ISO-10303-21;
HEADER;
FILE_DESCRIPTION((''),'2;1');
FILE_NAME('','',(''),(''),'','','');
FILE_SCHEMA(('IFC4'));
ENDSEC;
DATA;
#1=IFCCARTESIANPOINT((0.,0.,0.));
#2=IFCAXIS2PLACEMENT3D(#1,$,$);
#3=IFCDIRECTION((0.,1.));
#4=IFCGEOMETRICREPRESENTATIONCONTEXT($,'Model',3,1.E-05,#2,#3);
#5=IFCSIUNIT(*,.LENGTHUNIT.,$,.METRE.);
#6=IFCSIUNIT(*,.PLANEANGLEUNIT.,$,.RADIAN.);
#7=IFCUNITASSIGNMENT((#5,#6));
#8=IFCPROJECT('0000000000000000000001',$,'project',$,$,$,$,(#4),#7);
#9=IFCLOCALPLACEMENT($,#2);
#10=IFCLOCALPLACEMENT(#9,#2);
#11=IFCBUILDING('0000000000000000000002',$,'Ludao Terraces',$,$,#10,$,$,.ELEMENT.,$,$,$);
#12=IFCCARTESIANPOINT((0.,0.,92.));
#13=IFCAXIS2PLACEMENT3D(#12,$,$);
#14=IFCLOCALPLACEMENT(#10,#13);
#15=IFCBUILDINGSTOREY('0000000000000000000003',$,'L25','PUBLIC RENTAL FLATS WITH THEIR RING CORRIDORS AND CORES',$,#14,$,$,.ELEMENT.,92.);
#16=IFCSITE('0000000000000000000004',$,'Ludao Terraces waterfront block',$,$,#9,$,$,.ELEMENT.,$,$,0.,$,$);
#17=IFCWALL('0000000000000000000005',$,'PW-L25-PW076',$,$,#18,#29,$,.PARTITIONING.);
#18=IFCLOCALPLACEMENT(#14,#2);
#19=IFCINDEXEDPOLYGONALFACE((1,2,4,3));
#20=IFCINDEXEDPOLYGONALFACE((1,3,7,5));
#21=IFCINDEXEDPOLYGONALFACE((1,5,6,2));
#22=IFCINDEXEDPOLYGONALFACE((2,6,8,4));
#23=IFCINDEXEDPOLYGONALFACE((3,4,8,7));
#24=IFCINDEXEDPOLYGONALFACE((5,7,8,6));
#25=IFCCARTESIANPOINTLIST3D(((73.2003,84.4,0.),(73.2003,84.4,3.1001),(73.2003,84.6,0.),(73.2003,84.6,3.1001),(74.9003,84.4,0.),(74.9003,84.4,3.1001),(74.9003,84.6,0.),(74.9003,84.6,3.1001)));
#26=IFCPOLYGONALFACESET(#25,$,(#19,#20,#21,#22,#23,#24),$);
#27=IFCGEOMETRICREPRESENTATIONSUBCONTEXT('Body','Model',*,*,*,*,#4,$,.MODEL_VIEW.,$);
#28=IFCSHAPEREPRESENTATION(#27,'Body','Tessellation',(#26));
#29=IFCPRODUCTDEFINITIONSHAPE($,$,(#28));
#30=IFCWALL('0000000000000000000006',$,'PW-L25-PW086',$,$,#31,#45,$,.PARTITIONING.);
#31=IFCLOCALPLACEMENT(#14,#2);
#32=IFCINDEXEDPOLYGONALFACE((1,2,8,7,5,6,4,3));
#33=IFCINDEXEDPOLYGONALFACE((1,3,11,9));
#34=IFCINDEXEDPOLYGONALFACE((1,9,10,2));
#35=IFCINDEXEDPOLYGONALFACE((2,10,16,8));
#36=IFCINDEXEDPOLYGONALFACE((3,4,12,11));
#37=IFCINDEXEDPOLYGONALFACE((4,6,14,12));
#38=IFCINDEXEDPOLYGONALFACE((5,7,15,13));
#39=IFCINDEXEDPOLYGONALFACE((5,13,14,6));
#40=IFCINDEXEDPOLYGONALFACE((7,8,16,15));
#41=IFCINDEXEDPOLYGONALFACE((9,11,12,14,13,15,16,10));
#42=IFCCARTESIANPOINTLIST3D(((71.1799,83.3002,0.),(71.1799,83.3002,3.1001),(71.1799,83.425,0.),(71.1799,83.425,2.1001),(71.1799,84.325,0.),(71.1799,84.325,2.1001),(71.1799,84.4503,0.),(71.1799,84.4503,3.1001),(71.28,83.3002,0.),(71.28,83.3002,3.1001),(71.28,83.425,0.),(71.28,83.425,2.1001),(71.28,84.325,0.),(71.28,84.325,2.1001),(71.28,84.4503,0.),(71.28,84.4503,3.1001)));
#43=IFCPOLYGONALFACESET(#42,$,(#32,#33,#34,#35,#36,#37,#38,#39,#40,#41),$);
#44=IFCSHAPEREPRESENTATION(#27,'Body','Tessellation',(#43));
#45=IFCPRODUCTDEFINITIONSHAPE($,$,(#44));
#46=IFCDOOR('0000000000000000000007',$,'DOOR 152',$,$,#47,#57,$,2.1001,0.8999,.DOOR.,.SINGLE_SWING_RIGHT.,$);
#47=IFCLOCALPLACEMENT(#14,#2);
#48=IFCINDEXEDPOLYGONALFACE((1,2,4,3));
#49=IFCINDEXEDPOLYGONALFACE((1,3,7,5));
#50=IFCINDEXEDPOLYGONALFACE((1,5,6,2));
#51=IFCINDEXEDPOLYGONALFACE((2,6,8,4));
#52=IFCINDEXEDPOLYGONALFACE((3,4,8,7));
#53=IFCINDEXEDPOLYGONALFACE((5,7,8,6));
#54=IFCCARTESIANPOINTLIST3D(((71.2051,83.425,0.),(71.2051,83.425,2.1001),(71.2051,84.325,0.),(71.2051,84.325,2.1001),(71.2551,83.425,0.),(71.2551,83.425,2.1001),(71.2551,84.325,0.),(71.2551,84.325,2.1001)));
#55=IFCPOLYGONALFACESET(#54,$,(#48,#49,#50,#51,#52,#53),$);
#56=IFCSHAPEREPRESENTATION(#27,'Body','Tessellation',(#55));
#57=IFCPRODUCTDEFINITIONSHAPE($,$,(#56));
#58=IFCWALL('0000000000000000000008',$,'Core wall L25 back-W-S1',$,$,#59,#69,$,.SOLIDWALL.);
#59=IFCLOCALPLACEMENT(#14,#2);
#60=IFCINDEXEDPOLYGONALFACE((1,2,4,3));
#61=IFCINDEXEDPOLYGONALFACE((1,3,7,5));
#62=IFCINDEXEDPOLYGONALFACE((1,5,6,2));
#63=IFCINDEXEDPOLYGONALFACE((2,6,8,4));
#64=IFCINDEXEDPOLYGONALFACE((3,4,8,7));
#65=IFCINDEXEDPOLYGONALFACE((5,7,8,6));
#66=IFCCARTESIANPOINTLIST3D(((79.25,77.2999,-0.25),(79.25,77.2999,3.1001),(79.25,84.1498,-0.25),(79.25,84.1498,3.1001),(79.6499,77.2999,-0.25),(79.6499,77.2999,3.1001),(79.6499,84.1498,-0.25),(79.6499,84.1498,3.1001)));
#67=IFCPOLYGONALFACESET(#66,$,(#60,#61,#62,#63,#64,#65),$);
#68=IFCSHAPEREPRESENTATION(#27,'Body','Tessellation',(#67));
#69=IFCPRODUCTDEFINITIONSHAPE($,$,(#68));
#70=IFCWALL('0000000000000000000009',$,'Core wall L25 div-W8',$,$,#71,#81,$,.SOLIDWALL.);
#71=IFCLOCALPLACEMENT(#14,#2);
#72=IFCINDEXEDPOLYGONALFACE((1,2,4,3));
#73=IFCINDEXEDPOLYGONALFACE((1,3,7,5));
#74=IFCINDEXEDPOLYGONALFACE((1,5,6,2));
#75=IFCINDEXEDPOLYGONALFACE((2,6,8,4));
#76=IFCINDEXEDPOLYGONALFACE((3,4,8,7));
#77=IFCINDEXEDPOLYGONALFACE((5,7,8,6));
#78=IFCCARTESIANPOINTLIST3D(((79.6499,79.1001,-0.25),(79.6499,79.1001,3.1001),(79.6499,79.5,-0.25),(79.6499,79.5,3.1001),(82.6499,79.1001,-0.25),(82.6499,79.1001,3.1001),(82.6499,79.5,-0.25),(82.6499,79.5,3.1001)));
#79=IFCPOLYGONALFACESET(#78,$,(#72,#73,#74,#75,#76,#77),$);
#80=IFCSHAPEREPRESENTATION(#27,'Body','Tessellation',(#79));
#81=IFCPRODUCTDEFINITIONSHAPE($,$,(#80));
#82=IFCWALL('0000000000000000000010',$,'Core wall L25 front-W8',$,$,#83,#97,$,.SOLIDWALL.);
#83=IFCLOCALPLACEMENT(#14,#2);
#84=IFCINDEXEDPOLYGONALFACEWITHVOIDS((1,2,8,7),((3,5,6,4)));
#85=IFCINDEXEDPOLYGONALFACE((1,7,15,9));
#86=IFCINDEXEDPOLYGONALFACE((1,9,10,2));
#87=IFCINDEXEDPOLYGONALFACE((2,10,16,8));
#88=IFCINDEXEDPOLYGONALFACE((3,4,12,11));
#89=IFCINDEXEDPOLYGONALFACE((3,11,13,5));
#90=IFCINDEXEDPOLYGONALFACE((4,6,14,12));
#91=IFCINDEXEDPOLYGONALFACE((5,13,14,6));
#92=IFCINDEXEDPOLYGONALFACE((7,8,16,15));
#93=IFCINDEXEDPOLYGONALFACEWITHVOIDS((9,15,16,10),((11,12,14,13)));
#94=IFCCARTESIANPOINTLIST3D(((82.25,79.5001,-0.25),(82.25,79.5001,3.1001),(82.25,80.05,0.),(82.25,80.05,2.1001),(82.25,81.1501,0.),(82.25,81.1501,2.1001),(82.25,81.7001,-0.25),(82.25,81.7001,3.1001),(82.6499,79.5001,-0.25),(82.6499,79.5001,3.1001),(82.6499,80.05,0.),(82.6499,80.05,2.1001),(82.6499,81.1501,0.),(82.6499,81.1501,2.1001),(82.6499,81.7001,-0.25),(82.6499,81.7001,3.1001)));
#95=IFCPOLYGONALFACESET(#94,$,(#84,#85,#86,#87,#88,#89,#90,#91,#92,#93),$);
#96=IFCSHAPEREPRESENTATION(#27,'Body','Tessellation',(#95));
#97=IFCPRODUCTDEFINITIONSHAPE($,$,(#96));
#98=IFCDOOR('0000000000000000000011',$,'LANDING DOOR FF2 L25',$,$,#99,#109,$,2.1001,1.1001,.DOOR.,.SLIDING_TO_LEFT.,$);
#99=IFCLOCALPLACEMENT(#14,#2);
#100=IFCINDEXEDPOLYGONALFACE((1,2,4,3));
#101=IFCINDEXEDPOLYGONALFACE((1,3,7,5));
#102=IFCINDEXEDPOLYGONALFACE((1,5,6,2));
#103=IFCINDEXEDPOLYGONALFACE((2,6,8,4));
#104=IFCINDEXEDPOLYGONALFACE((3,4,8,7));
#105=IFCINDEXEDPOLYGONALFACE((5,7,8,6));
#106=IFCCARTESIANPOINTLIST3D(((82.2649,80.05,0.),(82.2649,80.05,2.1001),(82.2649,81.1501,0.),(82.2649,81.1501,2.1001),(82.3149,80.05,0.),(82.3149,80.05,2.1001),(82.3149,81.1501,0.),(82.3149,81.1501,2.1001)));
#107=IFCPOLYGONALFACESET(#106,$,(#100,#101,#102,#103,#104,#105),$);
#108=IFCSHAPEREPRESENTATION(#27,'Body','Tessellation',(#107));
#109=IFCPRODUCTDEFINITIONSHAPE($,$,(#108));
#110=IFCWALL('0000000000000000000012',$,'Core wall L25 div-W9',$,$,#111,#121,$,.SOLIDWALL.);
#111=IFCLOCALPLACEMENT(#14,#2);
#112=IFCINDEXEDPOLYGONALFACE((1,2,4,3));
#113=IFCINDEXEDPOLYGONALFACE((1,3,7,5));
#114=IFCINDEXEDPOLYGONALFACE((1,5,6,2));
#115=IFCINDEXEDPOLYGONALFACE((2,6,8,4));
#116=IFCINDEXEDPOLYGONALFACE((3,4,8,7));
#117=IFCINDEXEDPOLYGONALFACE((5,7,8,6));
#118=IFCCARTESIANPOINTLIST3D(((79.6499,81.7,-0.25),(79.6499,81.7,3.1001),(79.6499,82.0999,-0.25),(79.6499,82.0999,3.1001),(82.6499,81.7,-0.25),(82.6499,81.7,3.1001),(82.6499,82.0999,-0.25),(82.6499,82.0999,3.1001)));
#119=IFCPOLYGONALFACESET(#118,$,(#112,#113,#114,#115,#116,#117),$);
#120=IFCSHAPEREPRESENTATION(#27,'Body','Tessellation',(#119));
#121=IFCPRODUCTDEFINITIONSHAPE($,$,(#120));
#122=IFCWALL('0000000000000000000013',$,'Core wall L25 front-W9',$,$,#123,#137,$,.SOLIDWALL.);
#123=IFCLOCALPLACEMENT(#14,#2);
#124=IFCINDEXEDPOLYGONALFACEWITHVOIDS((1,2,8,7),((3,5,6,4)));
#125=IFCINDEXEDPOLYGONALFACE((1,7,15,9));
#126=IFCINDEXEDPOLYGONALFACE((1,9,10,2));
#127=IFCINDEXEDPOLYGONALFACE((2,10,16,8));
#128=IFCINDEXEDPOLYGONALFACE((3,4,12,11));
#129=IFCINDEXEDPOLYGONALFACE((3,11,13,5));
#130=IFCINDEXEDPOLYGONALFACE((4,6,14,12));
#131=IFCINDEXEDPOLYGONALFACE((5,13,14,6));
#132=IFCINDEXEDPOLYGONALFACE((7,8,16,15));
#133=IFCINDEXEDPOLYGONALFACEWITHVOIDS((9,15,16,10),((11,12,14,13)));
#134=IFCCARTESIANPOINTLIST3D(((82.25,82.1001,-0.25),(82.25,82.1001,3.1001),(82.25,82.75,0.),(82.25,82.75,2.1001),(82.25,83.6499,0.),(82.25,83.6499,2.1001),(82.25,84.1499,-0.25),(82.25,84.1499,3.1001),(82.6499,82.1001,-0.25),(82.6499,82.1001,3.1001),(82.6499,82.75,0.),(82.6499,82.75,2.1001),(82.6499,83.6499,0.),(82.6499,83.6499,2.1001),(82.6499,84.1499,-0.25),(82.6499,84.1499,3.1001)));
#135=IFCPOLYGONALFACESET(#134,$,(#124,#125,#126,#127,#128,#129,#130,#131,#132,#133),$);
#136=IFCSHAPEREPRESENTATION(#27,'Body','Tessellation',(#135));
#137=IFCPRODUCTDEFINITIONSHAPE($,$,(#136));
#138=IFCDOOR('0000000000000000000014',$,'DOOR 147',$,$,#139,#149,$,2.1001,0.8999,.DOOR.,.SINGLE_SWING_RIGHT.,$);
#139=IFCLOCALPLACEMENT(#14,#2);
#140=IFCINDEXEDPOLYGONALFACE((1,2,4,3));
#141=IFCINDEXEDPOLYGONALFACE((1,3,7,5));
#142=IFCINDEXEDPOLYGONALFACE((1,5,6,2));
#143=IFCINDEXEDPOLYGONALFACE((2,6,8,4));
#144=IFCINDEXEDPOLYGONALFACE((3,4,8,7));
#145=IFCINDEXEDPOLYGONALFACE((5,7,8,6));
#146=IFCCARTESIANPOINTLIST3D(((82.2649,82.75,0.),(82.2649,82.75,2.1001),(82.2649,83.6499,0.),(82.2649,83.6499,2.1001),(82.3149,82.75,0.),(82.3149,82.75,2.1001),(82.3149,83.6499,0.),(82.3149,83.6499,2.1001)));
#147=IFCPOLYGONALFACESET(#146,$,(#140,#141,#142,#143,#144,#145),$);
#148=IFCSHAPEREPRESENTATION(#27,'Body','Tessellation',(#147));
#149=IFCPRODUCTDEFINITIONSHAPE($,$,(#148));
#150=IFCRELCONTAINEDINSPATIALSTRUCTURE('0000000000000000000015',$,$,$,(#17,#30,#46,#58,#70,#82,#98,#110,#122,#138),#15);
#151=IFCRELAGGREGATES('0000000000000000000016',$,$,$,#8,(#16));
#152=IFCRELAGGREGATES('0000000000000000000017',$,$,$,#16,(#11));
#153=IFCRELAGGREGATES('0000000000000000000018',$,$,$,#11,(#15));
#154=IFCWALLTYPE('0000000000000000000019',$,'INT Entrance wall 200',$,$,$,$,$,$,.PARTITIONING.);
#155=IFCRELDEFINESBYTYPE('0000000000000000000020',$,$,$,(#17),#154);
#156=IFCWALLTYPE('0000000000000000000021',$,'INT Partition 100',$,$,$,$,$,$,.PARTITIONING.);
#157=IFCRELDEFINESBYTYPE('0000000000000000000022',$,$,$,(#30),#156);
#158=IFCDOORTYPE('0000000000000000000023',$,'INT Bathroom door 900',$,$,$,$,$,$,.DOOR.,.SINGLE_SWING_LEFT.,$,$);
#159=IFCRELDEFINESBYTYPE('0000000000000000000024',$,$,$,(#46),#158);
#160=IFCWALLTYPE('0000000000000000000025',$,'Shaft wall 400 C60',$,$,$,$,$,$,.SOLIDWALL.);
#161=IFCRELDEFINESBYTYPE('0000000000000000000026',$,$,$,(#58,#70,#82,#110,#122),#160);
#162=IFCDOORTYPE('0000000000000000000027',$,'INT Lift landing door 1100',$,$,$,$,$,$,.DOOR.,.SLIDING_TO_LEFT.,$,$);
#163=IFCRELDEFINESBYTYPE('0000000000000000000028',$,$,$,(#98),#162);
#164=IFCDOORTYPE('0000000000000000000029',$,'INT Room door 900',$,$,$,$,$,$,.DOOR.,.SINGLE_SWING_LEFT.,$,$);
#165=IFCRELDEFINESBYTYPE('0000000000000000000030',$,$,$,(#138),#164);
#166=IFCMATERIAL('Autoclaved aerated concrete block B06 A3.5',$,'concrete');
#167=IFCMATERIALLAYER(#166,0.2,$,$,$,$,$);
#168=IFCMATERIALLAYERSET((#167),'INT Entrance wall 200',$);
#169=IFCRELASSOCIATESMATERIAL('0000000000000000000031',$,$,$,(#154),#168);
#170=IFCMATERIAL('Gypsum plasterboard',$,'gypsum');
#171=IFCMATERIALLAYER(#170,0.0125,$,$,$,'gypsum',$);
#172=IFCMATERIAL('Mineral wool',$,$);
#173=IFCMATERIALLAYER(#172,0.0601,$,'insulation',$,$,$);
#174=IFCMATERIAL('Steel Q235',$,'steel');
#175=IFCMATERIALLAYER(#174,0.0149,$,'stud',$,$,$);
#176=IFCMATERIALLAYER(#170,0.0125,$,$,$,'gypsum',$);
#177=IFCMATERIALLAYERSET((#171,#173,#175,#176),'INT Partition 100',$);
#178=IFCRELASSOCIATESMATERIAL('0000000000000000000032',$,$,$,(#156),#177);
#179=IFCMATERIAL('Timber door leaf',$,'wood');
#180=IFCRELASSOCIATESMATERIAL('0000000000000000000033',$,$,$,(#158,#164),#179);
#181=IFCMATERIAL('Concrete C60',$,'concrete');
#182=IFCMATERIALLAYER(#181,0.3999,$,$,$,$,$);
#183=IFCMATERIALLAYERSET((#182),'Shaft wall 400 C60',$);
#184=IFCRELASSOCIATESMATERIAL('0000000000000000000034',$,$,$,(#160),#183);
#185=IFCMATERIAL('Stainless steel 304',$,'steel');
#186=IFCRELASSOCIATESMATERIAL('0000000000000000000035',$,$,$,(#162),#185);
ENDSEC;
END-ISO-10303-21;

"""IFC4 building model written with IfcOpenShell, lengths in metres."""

from ifc_helpers import new_model, si_unit, direction, frame, frame_2d, origin, place, context, subcontext, project, spatial, rectangle, extrude, material, layer, layer_set, type_object, element, fill, save


model = new_model("IFC4")

# Units and contexts
model_context = context("Model", 3, precision=1e-05, world=origin(), true_north=direction((0.0, 1.0)))
body_context = subcontext(model_context, "Body", "Model", "MODEL_VIEW")
ifc_project = project(units=[si_unit("LENGTHUNIT", "METRE"), si_unit("PLANEANGLEUNIT", "RADIAN")], contexts=[model_context])

# Site, building, storey
site_placement = place(None, origin())
site = spatial("IfcSite", under=ifc_project, at=site_placement, Name="Ludao Terraces waterfront block", CompositionType="ELEMENT", RefElevation=0.0)
building_placement = place(site_placement, origin())
building = spatial("IfcBuilding", under=site, at=building_placement, Name="Ludao Terraces", CompositionType="ELEMENT")
storey_placement = place(building_placement, frame((0.0, 0.0, 92.0)))
storey = spatial("IfcBuildingStorey", under=building, at=storey_placement, Name="L25", Description="PUBLIC RENTAL FLATS WITH THEIR RING CORRIDORS AND CORES", CompositionType="ELEMENT", Elevation=92.0)

# Wall
ifc_material_1 = material(Name="Autoclaved aerated concrete block B06 A3.5", Category="concrete")
ifc_layer_1 = layer(ifc_material_1, 0.2)
ifc_layer_set_1 = layer_set([ifc_layer_1], Name="INT Entrance wall 200")
wall_type_1 = type_object("IfcWallType", Name="INT Entrance wall 200", PredefinedType="PARTITIONING", material=ifc_layer_set_1)
wall_1_placement = place(storey_placement, frame((73.2002, 84.5, 0.0), z_axis=(0.0, 0.0, 1.0), x_axis=(1.0, 0.0, 0.0)))
element("IfcWall", 1, at=wall_1_placement, inside=storey, type_object=wall_type_1, Name="PW-L25-PW076", PredefinedType="PARTITIONING", context=body_context, shape_type="SweptSolid", body=[
    extrude(rectangle(XDim=1.7, YDim=0.2, at=frame_2d((0.8501, 0.0))), origin(), (0.0, 0.0, 1.0), 3.1001),
])

# Wall, opening, door
ifc_material_2 = material(Name="Gypsum plasterboard", Category="gypsum")
ifc_layer_2 = layer(ifc_material_2, 0.0125, Category="gypsum")
ifc_material_3 = material(Name="Mineral wool")
ifc_layer_3 = layer(ifc_material_3, 0.0601, Name="insulation")
ifc_material_4 = material(Name="Steel Q235", Category="steel")
ifc_layer_4 = layer(ifc_material_4, 0.0149, Name="stud")
ifc_layer_5 = layer(ifc_material_2, 0.0125, Category="gypsum")
ifc_layer_set_2 = layer_set([ifc_layer_2, ifc_layer_3, ifc_layer_4, ifc_layer_5], Name="INT Partition 100")
wall_type_2 = type_object("IfcWallType", Name="INT Partition 100", PredefinedType="PARTITIONING", material=ifc_layer_set_2)
wall_2_placement = place(storey_placement, frame((71.23, 83.3, 0.0), z_axis=(0.0, 0.0, 1.0), x_axis=(0.0, 1.0, 0.0)))
wall_2 = element("IfcWall", 2, at=wall_2_placement, inside=storey, type_object=wall_type_2, Name="PW-L25-PW086", PredefinedType="PARTITIONING", context=body_context, shape_type="SweptSolid", body=[
    extrude(rectangle(XDim=1.1501, YDim=0.1001, at=frame_2d((0.5752, 0.0))), origin(), (0.0, 0.0, 1.0), 3.1001),
])
opening_1_placement = place(wall_2_placement, frame((0.125, 0.0, 0.0)))
opening_1 = element("IfcOpeningElement", 3, at=opening_1_placement, cuts=wall_2, PredefinedType="OPENING", context=body_context, shape_type="SweptSolid", body=[
    extrude(rectangle(XDim=0.8999, YDim=2.1001, at=frame_2d((0.45, 1.05))), frame((0.0, 0.0601, 0.0), z_axis=(0.0, -1.0, 0.0), x_axis=(1.0, 0.0, 0.0)), (0.0, 0.0, 1.0), 0.1201),
])
ifc_material_5 = material(Name="Timber door leaf", Category="wood")
door_type_1 = type_object("IfcDoorType", Name="INT Bathroom door 900", OperationType="SINGLE_SWING_LEFT", PredefinedType="DOOR", material=ifc_material_5)
door_1_placement = place(opening_1_placement, origin())
door_1 = element("IfcDoor", 4, at=door_1_placement, inside=storey, type_object=door_type_1, Name="DOOR 152", OperationType="SINGLE_SWING_RIGHT", OverallHeight=2.1001, OverallWidth=0.8999, PredefinedType="DOOR", context=body_context, shape_type="SweptSolid", body=[
    extrude(rectangle(XDim=0.8999, YDim=2.1001, at=frame_2d((0.45, 1.05))), frame((0.0, 0.0249, 0.0), z_axis=(0.0, -1.0, 0.0), x_axis=(1.0, 0.0, 0.0)), (0.0, 0.0, 1.0), 0.05),
])
fill(opening_1, door_1)

# Walls
ifc_material_6 = material(Name="Concrete C60", Category="concrete")
ifc_layer_6 = layer(ifc_material_6, 0.3999)
ifc_layer_set_3 = layer_set([ifc_layer_6], Name="Shaft wall 400 C60")
wall_type_3 = type_object("IfcWallType", Name="Shaft wall 400 C60", PredefinedType="SOLIDWALL", material=ifc_layer_set_3)
wall_3_placement = place(storey_placement, frame((79.45, 77.3, -0.25), z_axis=(0.0, 0.0, 1.0), x_axis=(0.0, 1.0, 0.0)))
element("IfcWall", 5, at=wall_3_placement, inside=storey, type_object=wall_type_3, Name="Core wall L25 back-W-S1", PredefinedType="SOLIDWALL", context=body_context, shape_type="SweptSolid", body=[
    extrude(rectangle(XDim=6.8499, YDim=0.3999, at=frame_2d((3.4248, 0.0))), origin(), (0.0, 0.0, 1.0), 3.3501),
])
wall_4_placement = place(storey_placement, frame((79.6499, 79.3, -0.25), z_axis=(0.0, 0.0, 1.0), x_axis=(1.0, 0.0, 0.0)))
element("IfcWall", 6, at=wall_4_placement, inside=storey, type_object=wall_type_3, Name="Core wall L25 div-W8", PredefinedType="SOLIDWALL", context=body_context, shape_type="SweptSolid", body=[
    extrude(rectangle(XDim=3.0, YDim=0.3999, at=frame_2d((1.5, 0.0))), origin(), (0.0, 0.0, 1.0), 3.3501),
])

# Wall, opening, door
wall_5_placement = place(storey_placement, frame((82.45, 79.5, -0.25), z_axis=(0.0, 0.0, 1.0), x_axis=(0.0, 1.0, 0.0)))
wall_5 = element("IfcWall", 7, at=wall_5_placement, inside=storey, type_object=wall_type_3, Name="Core wall L25 front-W8", PredefinedType="SOLIDWALL", context=body_context, shape_type="SweptSolid", body=[
    extrude(rectangle(XDim=2.2, YDim=0.3999, at=frame_2d((1.1001, 0.0))), origin(), (0.0, 0.0, 1.0), 3.3501),
])
opening_2_placement = place(wall_5_placement, frame((0.55, 0.0, 0.25)))
opening_2 = element("IfcOpeningElement", 8, at=opening_2_placement, cuts=wall_5, PredefinedType="OPENING", context=body_context, shape_type="SweptSolid", body=[
    extrude(rectangle(XDim=1.1001, YDim=2.1001, at=frame_2d((0.55, 1.05))), frame((0.0, 0.21, 0.0), z_axis=(0.0, -1.0, 0.0), x_axis=(1.0, 0.0, 0.0)), (0.0, 0.0, 1.0), 0.4199),
])
ifc_material_7 = material(Name="Stainless steel 304", Category="steel")
door_type_2 = type_object("IfcDoorType", Name="INT Lift landing door 1100", OperationType="SLIDING_TO_LEFT", PredefinedType="DOOR", material=ifc_material_7)
door_2_placement = place(opening_2_placement, origin())
door_2 = element("IfcDoor", 9, at=door_2_placement, inside=storey, type_object=door_type_2, Name="LANDING DOOR FF2 L25", OperationType="SLIDING_TO_LEFT", OverallHeight=2.1001, OverallWidth=1.1001, PredefinedType="DOOR", context=body_context, shape_type="SweptSolid", body=[
    extrude(rectangle(XDim=1.1001, YDim=2.1001, at=frame_2d((0.55, 1.05))), frame((0.0, 0.1851, 0.0), z_axis=(0.0, -1.0, 0.0), x_axis=(1.0, 0.0, 0.0)), (0.0, 0.0, 1.0), 0.05),
])
fill(opening_2, door_2)

# Wall
wall_6_placement = place(storey_placement, frame((79.6499, 81.8999, -0.25), z_axis=(0.0, 0.0, 1.0), x_axis=(1.0, 0.0, 0.0)))
element("IfcWall", 10, at=wall_6_placement, inside=storey, type_object=wall_type_3, Name="Core wall L25 div-W9", PredefinedType="SOLIDWALL", context=body_context, shape_type="SweptSolid", body=[
    extrude(rectangle(XDim=3.0, YDim=0.3999, at=frame_2d((1.5, 0.0))), origin(), (0.0, 0.0, 1.0), 3.3501),
])

# Wall, opening, door
wall_7_placement = place(storey_placement, frame((82.45, 82.1001, -0.25), z_axis=(0.0, 0.0, 1.0), x_axis=(0.0, 1.0, 0.0)))
wall_7 = element("IfcWall", 11, at=wall_7_placement, inside=storey, type_object=wall_type_3, Name="Core wall L25 front-W9", PredefinedType="SOLIDWALL", context=body_context, shape_type="SweptSolid", body=[
    extrude(rectangle(XDim=2.0498, YDim=0.3999, at=frame_2d((1.0249, 0.0))), origin(), (0.0, 0.0, 1.0), 3.3501),
])
opening_3_placement = place(wall_7_placement, frame((0.6499, 0.0, 0.25)))
opening_3 = element("IfcOpeningElement", 12, at=opening_3_placement, cuts=wall_7, PredefinedType="OPENING", context=body_context, shape_type="SweptSolid", body=[
    extrude(rectangle(XDim=0.8999, YDim=2.1001, at=frame_2d((0.45, 1.05))), frame((0.0, 0.21, 0.0), z_axis=(0.0, -1.0, 0.0), x_axis=(1.0, 0.0, 0.0)), (0.0, 0.0, 1.0), 0.4199),
])
door_type_3 = type_object("IfcDoorType", Name="INT Room door 900", OperationType="SINGLE_SWING_LEFT", PredefinedType="DOOR", material=ifc_material_5)
door_3_placement = place(opening_3_placement, origin())
door_3 = element("IfcDoor", 13, at=door_3_placement, inside=storey, type_object=door_type_3, Name="DOOR 147", OperationType="SINGLE_SWING_RIGHT", OverallHeight=2.1001, OverallWidth=0.8999, PredefinedType="DOOR", context=body_context, shape_type="SweptSolid", body=[
    extrude(rectangle(XDim=0.8999, YDim=2.1001, at=frame_2d((0.45, 1.05))), frame((0.0, 0.1851, 0.0), z_axis=(0.0, -1.0, 0.0), x_axis=(1.0, 0.0, 0.0)), (0.0, 0.0, 1.0), 0.05),
])
fill(opening_3, door_3)

save(model, "model.ifc")
